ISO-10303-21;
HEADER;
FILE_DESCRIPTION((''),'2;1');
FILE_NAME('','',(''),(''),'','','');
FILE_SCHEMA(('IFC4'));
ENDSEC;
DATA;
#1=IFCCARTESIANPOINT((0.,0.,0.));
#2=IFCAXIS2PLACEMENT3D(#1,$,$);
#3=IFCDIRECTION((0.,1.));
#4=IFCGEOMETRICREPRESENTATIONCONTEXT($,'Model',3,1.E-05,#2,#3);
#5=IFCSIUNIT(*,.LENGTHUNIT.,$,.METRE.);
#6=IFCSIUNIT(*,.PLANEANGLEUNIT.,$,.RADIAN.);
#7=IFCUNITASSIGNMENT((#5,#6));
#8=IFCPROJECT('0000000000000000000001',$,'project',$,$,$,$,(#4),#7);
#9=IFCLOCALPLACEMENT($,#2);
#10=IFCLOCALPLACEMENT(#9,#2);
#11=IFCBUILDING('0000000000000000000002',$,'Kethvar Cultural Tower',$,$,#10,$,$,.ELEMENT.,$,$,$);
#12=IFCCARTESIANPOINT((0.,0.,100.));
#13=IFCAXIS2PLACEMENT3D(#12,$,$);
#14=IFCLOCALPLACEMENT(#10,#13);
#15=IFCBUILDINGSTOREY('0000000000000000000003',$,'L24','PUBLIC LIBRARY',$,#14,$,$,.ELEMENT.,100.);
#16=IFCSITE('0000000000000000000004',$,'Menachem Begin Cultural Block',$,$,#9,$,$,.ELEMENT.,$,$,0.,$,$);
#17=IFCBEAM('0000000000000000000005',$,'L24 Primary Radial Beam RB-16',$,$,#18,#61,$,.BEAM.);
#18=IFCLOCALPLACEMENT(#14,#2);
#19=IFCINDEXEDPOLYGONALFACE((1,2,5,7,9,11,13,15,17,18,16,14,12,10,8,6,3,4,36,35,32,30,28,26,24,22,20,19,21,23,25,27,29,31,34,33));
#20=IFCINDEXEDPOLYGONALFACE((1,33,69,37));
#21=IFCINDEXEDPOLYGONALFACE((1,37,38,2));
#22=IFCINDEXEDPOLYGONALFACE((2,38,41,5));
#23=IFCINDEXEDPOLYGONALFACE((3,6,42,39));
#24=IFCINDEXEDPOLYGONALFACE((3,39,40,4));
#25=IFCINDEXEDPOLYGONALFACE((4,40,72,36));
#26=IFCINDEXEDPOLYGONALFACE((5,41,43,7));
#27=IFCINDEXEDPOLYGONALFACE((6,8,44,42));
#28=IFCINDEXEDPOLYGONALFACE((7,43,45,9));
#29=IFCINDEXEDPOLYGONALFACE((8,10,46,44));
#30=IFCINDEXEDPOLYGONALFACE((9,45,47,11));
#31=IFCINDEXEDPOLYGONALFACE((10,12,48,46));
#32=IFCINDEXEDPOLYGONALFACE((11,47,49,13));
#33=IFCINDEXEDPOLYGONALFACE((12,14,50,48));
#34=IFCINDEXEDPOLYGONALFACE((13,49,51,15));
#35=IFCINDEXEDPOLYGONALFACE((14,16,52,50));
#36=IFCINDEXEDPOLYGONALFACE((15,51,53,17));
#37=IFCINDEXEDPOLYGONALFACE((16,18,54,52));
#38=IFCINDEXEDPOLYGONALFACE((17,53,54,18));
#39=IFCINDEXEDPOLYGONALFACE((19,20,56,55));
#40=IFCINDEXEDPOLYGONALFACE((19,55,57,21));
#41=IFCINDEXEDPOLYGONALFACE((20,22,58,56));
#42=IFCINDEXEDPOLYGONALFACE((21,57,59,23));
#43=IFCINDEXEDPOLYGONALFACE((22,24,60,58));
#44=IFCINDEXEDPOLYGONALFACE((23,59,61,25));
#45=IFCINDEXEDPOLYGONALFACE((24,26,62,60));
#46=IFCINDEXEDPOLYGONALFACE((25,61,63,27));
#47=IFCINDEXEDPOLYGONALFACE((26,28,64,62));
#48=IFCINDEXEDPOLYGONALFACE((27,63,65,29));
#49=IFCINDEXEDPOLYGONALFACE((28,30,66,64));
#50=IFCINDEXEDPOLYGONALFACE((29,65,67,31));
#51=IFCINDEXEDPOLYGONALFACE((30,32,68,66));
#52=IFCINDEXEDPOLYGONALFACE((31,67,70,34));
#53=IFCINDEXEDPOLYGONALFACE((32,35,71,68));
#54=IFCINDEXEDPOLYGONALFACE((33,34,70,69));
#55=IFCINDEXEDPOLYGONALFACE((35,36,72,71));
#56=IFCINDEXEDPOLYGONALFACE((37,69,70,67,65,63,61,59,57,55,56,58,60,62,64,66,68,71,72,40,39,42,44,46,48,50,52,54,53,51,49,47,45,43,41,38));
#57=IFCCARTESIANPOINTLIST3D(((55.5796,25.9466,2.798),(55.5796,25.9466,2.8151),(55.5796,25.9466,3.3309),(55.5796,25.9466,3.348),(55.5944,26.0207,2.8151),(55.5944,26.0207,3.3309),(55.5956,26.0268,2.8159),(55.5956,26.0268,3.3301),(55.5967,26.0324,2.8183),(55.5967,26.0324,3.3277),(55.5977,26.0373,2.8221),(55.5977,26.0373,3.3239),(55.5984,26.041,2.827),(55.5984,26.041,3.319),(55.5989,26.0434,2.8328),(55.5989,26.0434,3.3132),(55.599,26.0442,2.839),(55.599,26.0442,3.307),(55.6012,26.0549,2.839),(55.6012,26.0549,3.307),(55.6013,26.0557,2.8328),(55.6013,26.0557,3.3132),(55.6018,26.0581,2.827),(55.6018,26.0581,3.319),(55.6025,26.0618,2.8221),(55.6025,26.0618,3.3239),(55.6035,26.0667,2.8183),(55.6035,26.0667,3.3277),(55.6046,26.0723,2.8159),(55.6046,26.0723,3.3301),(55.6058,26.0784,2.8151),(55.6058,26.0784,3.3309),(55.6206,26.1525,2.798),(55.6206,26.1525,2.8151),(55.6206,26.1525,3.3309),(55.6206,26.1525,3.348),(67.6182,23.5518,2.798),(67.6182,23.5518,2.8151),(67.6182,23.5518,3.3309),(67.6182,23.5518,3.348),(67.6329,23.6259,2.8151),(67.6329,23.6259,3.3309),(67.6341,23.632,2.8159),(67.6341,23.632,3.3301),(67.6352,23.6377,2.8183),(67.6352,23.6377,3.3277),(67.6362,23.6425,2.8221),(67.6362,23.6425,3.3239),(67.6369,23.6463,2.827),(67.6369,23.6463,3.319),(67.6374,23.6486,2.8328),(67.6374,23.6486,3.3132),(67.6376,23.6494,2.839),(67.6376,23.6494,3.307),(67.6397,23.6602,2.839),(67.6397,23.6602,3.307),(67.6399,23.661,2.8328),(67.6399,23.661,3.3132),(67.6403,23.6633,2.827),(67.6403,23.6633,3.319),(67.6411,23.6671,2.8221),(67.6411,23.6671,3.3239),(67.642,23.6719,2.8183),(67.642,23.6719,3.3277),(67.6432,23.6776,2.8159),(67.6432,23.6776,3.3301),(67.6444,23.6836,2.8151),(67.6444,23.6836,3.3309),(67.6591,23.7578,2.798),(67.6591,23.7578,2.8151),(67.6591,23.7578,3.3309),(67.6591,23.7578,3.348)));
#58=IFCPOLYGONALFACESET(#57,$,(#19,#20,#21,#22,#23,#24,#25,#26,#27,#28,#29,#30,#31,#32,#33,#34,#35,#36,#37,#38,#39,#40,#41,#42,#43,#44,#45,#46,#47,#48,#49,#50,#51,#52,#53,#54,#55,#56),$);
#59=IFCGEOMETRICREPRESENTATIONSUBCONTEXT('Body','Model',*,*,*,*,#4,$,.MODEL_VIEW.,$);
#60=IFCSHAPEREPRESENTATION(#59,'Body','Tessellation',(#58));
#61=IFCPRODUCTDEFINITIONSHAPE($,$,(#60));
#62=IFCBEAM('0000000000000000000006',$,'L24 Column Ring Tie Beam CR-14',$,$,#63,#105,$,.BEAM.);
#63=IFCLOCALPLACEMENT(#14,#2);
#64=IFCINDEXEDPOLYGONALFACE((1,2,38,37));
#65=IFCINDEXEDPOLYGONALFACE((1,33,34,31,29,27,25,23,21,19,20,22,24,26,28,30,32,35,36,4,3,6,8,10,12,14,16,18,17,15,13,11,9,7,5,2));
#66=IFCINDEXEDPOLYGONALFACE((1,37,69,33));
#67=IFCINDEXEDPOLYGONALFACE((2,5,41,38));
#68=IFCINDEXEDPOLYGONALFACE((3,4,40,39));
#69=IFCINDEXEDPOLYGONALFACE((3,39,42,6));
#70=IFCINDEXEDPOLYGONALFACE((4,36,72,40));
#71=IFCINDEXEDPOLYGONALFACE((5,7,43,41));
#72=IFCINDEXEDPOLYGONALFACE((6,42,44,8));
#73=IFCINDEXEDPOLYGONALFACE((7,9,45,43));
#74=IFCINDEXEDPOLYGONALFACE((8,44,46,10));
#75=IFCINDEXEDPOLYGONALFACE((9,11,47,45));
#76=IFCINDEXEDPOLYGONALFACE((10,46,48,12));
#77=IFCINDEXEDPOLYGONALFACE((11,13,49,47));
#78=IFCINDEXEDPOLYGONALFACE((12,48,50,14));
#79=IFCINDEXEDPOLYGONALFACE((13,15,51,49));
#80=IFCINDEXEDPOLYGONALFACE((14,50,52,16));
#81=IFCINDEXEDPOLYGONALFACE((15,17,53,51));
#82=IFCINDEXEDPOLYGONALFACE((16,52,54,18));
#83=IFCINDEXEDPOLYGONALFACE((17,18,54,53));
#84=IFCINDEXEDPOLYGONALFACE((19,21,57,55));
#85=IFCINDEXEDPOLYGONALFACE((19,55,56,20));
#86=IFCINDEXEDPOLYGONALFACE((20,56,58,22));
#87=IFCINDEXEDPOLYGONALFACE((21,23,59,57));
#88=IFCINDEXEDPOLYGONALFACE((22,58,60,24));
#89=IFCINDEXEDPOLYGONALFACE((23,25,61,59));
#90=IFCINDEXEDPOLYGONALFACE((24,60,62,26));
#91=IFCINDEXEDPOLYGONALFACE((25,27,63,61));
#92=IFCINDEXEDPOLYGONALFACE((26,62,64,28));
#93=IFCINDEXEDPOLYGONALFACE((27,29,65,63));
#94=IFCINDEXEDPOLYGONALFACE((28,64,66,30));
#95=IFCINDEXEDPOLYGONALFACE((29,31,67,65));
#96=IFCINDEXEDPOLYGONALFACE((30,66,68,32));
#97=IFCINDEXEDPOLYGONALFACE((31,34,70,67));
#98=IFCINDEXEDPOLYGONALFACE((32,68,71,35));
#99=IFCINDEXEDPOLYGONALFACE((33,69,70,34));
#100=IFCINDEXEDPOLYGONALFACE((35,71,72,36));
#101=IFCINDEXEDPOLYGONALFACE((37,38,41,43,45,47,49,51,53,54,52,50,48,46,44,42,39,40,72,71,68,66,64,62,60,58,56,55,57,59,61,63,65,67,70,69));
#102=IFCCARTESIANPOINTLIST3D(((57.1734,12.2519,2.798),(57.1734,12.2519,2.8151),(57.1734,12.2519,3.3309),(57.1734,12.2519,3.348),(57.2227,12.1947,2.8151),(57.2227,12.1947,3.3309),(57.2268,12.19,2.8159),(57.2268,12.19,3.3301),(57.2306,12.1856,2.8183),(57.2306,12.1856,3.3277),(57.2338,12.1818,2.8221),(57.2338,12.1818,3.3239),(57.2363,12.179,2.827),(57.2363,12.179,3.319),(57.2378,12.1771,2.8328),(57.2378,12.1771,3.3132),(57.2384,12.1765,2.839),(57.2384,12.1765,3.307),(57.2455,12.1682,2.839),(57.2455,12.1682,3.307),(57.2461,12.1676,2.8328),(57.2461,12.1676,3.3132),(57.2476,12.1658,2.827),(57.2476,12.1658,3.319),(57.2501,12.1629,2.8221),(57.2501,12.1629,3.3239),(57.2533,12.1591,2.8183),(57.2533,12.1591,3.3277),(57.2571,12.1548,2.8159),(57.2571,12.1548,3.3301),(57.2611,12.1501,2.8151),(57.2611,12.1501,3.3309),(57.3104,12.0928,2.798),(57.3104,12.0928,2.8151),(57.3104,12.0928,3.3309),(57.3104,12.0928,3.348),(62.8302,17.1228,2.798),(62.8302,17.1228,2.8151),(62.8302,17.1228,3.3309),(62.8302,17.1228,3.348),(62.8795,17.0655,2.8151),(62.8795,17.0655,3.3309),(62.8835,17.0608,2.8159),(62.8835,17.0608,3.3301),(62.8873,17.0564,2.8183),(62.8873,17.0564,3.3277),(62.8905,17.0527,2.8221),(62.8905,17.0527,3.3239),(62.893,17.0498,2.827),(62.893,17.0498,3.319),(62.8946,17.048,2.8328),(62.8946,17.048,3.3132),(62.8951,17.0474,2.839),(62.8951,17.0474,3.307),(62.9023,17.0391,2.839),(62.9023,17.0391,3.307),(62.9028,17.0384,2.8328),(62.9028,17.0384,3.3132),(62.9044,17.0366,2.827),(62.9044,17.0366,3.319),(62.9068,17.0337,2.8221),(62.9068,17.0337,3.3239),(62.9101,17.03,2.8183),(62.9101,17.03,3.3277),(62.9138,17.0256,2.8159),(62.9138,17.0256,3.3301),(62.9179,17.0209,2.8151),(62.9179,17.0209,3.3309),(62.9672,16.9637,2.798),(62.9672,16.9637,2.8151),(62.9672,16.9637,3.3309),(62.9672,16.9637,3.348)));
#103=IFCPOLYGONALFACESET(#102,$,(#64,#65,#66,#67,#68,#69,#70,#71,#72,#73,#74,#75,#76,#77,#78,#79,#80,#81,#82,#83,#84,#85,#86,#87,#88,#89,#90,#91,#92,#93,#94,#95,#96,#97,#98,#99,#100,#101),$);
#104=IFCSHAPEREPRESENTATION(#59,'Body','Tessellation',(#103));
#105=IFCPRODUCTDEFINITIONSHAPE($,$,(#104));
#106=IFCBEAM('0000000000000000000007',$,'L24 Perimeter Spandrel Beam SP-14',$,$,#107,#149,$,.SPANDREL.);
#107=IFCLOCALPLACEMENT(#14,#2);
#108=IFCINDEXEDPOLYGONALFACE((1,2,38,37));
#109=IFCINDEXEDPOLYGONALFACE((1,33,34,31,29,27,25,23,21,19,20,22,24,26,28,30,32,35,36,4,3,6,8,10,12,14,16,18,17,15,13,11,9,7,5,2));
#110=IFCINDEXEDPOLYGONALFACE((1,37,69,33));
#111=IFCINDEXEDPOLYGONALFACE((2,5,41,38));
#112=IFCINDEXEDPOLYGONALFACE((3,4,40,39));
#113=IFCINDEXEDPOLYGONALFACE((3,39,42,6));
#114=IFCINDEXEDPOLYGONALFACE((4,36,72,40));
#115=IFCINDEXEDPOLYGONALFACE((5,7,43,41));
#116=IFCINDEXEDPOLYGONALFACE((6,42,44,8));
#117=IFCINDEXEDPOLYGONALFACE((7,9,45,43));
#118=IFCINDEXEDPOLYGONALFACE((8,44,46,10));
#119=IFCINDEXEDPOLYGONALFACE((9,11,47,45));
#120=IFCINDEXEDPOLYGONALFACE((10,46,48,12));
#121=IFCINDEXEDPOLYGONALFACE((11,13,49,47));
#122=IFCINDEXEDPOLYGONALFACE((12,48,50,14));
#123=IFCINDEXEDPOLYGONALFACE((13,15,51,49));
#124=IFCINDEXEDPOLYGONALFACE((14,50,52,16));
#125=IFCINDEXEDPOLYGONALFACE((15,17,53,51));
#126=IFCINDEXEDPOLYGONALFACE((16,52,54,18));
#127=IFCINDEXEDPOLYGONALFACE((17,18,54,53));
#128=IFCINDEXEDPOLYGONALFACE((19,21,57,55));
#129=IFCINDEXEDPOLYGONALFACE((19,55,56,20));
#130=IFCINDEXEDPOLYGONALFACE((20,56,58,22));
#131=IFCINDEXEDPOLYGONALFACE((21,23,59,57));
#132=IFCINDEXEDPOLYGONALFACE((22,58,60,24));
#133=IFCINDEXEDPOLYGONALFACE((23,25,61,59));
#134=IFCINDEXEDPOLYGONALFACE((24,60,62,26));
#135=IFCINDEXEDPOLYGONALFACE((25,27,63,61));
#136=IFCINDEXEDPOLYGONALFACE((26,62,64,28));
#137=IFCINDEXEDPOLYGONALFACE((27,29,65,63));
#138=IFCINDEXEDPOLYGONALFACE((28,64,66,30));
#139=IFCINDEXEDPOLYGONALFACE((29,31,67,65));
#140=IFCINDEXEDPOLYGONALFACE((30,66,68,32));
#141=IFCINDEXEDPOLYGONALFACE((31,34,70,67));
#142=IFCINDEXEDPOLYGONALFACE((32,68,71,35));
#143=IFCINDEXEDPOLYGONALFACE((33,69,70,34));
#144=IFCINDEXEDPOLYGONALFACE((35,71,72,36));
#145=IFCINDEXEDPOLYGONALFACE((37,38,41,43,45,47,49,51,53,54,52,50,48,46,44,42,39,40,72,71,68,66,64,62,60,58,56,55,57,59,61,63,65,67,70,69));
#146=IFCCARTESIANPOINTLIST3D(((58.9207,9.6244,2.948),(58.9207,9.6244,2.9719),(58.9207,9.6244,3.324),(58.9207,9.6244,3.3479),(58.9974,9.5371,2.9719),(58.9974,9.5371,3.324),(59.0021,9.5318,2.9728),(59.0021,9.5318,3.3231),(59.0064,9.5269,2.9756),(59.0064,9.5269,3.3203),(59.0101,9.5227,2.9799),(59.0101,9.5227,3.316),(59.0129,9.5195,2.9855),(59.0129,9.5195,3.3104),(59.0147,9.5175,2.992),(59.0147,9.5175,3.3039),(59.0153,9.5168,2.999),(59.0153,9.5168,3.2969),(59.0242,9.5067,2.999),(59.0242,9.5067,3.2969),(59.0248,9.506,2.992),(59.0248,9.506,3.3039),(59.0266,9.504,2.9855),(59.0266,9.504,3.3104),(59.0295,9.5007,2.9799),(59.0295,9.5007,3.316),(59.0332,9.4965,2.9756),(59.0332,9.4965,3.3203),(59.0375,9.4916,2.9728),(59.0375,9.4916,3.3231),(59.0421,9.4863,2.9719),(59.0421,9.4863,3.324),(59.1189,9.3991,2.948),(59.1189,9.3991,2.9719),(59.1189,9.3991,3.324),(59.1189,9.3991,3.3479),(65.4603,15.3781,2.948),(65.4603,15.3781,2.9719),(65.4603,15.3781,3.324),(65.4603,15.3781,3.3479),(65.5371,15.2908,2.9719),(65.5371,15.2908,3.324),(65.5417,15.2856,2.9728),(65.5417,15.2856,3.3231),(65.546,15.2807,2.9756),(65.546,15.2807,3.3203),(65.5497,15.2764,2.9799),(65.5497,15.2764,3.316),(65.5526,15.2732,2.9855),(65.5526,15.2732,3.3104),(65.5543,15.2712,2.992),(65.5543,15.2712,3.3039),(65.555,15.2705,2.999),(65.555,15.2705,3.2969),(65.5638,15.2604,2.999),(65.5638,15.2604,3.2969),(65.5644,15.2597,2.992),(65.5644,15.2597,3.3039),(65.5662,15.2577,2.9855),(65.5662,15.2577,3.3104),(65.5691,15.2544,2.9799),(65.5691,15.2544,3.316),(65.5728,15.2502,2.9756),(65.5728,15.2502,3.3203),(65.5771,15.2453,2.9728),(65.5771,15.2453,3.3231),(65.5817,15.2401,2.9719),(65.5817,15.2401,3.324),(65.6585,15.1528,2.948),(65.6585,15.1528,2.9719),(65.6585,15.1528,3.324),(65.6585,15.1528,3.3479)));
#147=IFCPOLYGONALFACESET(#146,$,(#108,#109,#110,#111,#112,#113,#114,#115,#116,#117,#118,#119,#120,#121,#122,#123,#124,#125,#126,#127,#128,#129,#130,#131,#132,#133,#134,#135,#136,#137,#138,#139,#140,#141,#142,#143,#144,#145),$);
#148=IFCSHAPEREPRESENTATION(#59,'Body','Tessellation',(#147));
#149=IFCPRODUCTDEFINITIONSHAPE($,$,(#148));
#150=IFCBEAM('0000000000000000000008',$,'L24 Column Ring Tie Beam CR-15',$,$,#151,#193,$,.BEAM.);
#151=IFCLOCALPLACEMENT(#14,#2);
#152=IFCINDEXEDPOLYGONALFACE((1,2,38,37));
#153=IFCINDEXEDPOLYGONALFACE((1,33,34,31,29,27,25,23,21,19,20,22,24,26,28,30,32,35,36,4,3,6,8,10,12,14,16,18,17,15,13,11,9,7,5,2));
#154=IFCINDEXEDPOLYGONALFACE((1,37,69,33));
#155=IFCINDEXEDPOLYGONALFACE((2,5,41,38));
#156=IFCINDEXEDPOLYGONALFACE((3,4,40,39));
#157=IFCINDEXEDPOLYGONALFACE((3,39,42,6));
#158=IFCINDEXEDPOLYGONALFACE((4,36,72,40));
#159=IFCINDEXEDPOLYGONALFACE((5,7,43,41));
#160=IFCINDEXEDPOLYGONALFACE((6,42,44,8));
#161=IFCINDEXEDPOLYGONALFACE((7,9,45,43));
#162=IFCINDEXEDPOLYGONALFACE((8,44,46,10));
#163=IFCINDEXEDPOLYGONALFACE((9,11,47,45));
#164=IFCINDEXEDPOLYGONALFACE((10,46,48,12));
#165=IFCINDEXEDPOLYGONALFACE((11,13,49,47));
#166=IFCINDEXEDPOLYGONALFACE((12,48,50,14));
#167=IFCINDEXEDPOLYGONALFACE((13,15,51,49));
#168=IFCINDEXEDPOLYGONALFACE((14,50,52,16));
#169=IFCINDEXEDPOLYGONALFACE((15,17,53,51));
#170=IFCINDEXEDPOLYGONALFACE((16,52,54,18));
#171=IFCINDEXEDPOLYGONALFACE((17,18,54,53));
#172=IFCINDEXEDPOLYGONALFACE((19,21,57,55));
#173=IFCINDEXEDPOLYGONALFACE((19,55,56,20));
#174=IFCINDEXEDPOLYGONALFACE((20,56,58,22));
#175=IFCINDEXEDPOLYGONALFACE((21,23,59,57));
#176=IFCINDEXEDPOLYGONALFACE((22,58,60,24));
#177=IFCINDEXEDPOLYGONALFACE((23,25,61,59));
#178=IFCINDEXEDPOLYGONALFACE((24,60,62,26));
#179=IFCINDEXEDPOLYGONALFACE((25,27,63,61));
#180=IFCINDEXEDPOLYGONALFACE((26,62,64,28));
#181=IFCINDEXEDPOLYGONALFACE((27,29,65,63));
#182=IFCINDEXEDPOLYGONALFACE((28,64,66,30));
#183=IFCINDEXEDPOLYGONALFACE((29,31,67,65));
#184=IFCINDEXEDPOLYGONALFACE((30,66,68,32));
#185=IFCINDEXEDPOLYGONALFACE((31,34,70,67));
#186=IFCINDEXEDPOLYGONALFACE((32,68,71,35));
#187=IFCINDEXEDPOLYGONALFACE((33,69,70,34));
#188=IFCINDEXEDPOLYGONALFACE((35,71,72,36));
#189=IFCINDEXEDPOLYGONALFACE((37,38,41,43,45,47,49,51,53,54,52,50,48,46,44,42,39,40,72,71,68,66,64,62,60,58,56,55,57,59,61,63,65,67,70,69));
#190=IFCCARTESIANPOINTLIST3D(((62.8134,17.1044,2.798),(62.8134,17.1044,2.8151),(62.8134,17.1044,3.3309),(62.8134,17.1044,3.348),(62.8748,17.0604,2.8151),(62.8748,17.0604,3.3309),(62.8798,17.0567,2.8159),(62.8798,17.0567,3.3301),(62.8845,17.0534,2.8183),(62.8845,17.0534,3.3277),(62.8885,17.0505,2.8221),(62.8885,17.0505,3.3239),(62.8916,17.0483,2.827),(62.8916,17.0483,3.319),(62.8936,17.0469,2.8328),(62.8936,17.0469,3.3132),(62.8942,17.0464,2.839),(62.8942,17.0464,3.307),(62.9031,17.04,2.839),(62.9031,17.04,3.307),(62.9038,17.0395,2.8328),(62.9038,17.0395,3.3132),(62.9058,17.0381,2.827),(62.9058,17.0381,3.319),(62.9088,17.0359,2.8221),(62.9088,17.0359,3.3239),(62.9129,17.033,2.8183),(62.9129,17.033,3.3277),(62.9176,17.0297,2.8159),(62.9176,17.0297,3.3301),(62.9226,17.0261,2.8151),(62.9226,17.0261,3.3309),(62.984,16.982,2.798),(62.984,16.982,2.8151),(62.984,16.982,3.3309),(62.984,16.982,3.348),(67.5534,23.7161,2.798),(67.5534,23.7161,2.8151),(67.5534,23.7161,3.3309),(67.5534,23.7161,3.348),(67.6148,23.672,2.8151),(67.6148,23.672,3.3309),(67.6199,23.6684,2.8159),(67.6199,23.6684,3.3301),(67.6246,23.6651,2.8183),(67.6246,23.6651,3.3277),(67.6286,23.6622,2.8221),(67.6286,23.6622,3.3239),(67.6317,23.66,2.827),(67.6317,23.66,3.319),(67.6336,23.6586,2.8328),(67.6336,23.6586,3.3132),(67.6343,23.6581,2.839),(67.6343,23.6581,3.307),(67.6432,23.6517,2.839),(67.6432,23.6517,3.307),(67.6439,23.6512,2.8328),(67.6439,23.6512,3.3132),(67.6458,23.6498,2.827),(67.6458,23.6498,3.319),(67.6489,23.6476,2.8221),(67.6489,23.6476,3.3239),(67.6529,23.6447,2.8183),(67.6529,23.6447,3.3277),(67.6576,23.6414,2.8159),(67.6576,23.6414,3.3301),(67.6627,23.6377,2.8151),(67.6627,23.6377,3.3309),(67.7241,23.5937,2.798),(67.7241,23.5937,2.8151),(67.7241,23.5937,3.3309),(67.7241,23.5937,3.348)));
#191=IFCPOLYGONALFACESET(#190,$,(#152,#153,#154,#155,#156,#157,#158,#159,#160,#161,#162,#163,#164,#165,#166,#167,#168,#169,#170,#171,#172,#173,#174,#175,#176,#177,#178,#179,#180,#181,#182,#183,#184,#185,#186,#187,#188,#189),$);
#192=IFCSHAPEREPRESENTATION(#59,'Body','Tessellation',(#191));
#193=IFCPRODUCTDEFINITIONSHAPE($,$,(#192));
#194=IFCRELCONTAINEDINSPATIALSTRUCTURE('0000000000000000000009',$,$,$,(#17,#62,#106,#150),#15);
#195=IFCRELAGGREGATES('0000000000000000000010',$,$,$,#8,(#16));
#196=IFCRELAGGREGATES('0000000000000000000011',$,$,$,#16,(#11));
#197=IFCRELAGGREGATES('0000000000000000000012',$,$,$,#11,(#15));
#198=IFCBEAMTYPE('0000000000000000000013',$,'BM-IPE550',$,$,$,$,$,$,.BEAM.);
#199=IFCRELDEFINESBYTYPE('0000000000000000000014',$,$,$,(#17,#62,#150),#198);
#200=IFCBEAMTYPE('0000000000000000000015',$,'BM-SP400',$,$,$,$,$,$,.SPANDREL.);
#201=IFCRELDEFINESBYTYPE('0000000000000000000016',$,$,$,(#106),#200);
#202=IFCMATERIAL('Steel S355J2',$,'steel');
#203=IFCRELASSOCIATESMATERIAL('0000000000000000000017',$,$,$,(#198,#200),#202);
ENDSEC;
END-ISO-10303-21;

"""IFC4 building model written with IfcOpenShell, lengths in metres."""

from ifc_helpers import new_model, si_unit, direction, frame, origin, origin_2d, place, context, subcontext, project, spatial, i_section, extrude, source, transform, mapped, material, material_profile, profile_set, type_object, element, save


model = new_model("IFC4")

# Units and contexts
model_context = context("Model", 3, precision=1e-05, world=origin(), true_north=direction((0.0, 1.0)))
body_context = subcontext(model_context, "Body", "Model", "MODEL_VIEW")
ifc_project = project(units=[si_unit("LENGTHUNIT", "METRE"), si_unit("PLANEANGLEUNIT", "RADIAN")], contexts=[model_context])

# Site, building, storey
site_placement = place(None, origin())
site = spatial("IfcSite", under=ifc_project, at=site_placement, Name="Menachem Begin Cultural Block", CompositionType="ELEMENT", RefElevation=0.0)
building_placement = place(site_placement, origin())
building = spatial("IfcBuilding", under=site, at=building_placement, Name="Kethvar Cultural Tower", CompositionType="ELEMENT")
storey_placement = place(building_placement, frame((0.0, 0.0, 100.0)))
storey = spatial("IfcBuildingStorey", under=building, at=storey_placement, Name="L24", Description="PUBLIC LIBRARY", CompositionType="ELEMENT", Elevation=100.0)

# Beams
ifc_material_1 = material(Name="Steel S355J2", Category="steel")
ifc_material_profile_1 = material_profile(ifc_material_1, i_section(OverallWidth=0.21, OverallDepth=0.55, WebThickness=0.011, FlangeThickness=0.0171, FilletRadius=0.0239, at=origin_2d()), Name="Steel S355J2 — IPE550")
ifc_profile_set_1 = profile_set([ifc_material_profile_1], Name="Steel S355J2 — IPE550")
beam_type_1 = type_object("IfcBeamType", Name="BM-IPE550", PredefinedType="BEAM", material=ifc_profile_set_1)
shared_shape_1 = source(origin(), body_context, "Body", "SweptSolid", [
    extrude(i_section(OverallWidth=0.21, OverallDepth=0.55, WebThickness=0.011, FlangeThickness=0.0171, FilletRadius=0.0239, at=origin_2d()), origin(), (0.0, 0.0, 1.0), 12.2744),
])
beam_1_placement = place(storey_placement, frame((55.6001, 26.0496, 3.073), z_axis=(0.980783, -0.195102, 0.0), x_axis=(0.195102, 0.980783, 0.0)))
element("IfcBeam", 1, at=beam_1_placement, inside=storey, type_object=beam_type_1, Name="L24 Primary Radial Beam RB-16", PredefinedType="BEAM", context=body_context, shape_type="MappedRepresentation", body=[
    mapped(shared_shape_1, transform((0.0, 0.0, 0.0), scale=1.0)),
])
shared_shape_2 = source(origin(), body_context, "Body", "SweptSolid", [
    extrude(i_section(OverallWidth=0.21, OverallDepth=0.55, WebThickness=0.011, FlangeThickness=0.0171, FilletRadius=0.0239, at=origin_2d()), origin(), (0.0, 0.0, 1.0), 7.4648),
])
beam_2_placement = place(storey_placement, frame((57.2419, 12.1724, 3.073), z_axis=(0.757784, 0.652505, 0.0), x_axis=(-0.652505, 0.757784, 0.0)))
element("IfcBeam", 2, at=beam_2_placement, inside=storey, type_object=beam_type_1, Name="L24 Column Ring Tie Beam CR-14", PredefinedType="BEAM", context=body_context, shape_type="MappedRepresentation", body=[
    mapped(shared_shape_2, transform((0.0, 0.0, 0.0), scale=1.0)),
])
ifc_material_profile_2 = material_profile(ifc_material_1, i_section(OverallWidth=0.3, OverallDepth=0.3999, WebThickness=0.0134, FlangeThickness=0.0239, FilletRadius=0.0271, at=origin_2d()), Name="Steel S355J2 — HEB400")
ifc_profile_set_2 = profile_set([ifc_material_profile_2], Name="Steel S355J2 — HEB400")
beam_type_2 = type_object("IfcBeamType", Name="BM-SP400", PredefinedType="SPANDREL", material=ifc_profile_set_2)
shared_shape_3 = source(origin(), body_context, "Body", "SweptSolid", [
    extrude(i_section(OverallWidth=0.3, OverallDepth=0.3999, WebThickness=0.0134, FlangeThickness=0.0239, FilletRadius=0.0271, at=origin_2d()), origin(), (0.0, 0.0, 1.0), 8.7104),
])
beam_3_placement = place(storey_placement, frame((59.0198, 9.5117, 3.1479), z_axis=(0.750779, 0.660554, 0.0), x_axis=(-0.660554, 0.750779, 0.0)))
element("IfcBeam", 3, at=beam_3_placement, inside=storey, type_object=beam_type_2, Name="L24 Perimeter Spandrel Beam SP-14", PredefinedType="SPANDREL", context=body_context, shape_type="MappedRepresentation", body=[
    mapped(shared_shape_3, transform((0.0, 0.0, 0.0), scale=1.0)),
])
shared_shape_4 = source(origin(), body_context, "Body", "SweptSolid", [
    extrude(i_section(OverallWidth=0.21, OverallDepth=0.55, WebThickness=0.011, FlangeThickness=0.0171, FilletRadius=0.0239, at=origin_2d()), origin(), (0.0, 0.0, 1.0), 8.1353),
])
beam_4_placement = place(storey_placement, frame((62.8987, 17.0432, 3.073), z_axis=(0.582657, 0.812718, 0.0), x_axis=(-0.812718, 0.582657, 0.0)))
element("IfcBeam", 4, at=beam_4_placement, inside=storey, type_object=beam_type_1, Name="L24 Column Ring Tie Beam CR-15", PredefinedType="BEAM", context=body_context, shape_type="MappedRepresentation", body=[
    mapped(shared_shape_4, transform((0.0, 0.0, 0.0), scale=1.0)),
])

save(model, "model.ifc")
